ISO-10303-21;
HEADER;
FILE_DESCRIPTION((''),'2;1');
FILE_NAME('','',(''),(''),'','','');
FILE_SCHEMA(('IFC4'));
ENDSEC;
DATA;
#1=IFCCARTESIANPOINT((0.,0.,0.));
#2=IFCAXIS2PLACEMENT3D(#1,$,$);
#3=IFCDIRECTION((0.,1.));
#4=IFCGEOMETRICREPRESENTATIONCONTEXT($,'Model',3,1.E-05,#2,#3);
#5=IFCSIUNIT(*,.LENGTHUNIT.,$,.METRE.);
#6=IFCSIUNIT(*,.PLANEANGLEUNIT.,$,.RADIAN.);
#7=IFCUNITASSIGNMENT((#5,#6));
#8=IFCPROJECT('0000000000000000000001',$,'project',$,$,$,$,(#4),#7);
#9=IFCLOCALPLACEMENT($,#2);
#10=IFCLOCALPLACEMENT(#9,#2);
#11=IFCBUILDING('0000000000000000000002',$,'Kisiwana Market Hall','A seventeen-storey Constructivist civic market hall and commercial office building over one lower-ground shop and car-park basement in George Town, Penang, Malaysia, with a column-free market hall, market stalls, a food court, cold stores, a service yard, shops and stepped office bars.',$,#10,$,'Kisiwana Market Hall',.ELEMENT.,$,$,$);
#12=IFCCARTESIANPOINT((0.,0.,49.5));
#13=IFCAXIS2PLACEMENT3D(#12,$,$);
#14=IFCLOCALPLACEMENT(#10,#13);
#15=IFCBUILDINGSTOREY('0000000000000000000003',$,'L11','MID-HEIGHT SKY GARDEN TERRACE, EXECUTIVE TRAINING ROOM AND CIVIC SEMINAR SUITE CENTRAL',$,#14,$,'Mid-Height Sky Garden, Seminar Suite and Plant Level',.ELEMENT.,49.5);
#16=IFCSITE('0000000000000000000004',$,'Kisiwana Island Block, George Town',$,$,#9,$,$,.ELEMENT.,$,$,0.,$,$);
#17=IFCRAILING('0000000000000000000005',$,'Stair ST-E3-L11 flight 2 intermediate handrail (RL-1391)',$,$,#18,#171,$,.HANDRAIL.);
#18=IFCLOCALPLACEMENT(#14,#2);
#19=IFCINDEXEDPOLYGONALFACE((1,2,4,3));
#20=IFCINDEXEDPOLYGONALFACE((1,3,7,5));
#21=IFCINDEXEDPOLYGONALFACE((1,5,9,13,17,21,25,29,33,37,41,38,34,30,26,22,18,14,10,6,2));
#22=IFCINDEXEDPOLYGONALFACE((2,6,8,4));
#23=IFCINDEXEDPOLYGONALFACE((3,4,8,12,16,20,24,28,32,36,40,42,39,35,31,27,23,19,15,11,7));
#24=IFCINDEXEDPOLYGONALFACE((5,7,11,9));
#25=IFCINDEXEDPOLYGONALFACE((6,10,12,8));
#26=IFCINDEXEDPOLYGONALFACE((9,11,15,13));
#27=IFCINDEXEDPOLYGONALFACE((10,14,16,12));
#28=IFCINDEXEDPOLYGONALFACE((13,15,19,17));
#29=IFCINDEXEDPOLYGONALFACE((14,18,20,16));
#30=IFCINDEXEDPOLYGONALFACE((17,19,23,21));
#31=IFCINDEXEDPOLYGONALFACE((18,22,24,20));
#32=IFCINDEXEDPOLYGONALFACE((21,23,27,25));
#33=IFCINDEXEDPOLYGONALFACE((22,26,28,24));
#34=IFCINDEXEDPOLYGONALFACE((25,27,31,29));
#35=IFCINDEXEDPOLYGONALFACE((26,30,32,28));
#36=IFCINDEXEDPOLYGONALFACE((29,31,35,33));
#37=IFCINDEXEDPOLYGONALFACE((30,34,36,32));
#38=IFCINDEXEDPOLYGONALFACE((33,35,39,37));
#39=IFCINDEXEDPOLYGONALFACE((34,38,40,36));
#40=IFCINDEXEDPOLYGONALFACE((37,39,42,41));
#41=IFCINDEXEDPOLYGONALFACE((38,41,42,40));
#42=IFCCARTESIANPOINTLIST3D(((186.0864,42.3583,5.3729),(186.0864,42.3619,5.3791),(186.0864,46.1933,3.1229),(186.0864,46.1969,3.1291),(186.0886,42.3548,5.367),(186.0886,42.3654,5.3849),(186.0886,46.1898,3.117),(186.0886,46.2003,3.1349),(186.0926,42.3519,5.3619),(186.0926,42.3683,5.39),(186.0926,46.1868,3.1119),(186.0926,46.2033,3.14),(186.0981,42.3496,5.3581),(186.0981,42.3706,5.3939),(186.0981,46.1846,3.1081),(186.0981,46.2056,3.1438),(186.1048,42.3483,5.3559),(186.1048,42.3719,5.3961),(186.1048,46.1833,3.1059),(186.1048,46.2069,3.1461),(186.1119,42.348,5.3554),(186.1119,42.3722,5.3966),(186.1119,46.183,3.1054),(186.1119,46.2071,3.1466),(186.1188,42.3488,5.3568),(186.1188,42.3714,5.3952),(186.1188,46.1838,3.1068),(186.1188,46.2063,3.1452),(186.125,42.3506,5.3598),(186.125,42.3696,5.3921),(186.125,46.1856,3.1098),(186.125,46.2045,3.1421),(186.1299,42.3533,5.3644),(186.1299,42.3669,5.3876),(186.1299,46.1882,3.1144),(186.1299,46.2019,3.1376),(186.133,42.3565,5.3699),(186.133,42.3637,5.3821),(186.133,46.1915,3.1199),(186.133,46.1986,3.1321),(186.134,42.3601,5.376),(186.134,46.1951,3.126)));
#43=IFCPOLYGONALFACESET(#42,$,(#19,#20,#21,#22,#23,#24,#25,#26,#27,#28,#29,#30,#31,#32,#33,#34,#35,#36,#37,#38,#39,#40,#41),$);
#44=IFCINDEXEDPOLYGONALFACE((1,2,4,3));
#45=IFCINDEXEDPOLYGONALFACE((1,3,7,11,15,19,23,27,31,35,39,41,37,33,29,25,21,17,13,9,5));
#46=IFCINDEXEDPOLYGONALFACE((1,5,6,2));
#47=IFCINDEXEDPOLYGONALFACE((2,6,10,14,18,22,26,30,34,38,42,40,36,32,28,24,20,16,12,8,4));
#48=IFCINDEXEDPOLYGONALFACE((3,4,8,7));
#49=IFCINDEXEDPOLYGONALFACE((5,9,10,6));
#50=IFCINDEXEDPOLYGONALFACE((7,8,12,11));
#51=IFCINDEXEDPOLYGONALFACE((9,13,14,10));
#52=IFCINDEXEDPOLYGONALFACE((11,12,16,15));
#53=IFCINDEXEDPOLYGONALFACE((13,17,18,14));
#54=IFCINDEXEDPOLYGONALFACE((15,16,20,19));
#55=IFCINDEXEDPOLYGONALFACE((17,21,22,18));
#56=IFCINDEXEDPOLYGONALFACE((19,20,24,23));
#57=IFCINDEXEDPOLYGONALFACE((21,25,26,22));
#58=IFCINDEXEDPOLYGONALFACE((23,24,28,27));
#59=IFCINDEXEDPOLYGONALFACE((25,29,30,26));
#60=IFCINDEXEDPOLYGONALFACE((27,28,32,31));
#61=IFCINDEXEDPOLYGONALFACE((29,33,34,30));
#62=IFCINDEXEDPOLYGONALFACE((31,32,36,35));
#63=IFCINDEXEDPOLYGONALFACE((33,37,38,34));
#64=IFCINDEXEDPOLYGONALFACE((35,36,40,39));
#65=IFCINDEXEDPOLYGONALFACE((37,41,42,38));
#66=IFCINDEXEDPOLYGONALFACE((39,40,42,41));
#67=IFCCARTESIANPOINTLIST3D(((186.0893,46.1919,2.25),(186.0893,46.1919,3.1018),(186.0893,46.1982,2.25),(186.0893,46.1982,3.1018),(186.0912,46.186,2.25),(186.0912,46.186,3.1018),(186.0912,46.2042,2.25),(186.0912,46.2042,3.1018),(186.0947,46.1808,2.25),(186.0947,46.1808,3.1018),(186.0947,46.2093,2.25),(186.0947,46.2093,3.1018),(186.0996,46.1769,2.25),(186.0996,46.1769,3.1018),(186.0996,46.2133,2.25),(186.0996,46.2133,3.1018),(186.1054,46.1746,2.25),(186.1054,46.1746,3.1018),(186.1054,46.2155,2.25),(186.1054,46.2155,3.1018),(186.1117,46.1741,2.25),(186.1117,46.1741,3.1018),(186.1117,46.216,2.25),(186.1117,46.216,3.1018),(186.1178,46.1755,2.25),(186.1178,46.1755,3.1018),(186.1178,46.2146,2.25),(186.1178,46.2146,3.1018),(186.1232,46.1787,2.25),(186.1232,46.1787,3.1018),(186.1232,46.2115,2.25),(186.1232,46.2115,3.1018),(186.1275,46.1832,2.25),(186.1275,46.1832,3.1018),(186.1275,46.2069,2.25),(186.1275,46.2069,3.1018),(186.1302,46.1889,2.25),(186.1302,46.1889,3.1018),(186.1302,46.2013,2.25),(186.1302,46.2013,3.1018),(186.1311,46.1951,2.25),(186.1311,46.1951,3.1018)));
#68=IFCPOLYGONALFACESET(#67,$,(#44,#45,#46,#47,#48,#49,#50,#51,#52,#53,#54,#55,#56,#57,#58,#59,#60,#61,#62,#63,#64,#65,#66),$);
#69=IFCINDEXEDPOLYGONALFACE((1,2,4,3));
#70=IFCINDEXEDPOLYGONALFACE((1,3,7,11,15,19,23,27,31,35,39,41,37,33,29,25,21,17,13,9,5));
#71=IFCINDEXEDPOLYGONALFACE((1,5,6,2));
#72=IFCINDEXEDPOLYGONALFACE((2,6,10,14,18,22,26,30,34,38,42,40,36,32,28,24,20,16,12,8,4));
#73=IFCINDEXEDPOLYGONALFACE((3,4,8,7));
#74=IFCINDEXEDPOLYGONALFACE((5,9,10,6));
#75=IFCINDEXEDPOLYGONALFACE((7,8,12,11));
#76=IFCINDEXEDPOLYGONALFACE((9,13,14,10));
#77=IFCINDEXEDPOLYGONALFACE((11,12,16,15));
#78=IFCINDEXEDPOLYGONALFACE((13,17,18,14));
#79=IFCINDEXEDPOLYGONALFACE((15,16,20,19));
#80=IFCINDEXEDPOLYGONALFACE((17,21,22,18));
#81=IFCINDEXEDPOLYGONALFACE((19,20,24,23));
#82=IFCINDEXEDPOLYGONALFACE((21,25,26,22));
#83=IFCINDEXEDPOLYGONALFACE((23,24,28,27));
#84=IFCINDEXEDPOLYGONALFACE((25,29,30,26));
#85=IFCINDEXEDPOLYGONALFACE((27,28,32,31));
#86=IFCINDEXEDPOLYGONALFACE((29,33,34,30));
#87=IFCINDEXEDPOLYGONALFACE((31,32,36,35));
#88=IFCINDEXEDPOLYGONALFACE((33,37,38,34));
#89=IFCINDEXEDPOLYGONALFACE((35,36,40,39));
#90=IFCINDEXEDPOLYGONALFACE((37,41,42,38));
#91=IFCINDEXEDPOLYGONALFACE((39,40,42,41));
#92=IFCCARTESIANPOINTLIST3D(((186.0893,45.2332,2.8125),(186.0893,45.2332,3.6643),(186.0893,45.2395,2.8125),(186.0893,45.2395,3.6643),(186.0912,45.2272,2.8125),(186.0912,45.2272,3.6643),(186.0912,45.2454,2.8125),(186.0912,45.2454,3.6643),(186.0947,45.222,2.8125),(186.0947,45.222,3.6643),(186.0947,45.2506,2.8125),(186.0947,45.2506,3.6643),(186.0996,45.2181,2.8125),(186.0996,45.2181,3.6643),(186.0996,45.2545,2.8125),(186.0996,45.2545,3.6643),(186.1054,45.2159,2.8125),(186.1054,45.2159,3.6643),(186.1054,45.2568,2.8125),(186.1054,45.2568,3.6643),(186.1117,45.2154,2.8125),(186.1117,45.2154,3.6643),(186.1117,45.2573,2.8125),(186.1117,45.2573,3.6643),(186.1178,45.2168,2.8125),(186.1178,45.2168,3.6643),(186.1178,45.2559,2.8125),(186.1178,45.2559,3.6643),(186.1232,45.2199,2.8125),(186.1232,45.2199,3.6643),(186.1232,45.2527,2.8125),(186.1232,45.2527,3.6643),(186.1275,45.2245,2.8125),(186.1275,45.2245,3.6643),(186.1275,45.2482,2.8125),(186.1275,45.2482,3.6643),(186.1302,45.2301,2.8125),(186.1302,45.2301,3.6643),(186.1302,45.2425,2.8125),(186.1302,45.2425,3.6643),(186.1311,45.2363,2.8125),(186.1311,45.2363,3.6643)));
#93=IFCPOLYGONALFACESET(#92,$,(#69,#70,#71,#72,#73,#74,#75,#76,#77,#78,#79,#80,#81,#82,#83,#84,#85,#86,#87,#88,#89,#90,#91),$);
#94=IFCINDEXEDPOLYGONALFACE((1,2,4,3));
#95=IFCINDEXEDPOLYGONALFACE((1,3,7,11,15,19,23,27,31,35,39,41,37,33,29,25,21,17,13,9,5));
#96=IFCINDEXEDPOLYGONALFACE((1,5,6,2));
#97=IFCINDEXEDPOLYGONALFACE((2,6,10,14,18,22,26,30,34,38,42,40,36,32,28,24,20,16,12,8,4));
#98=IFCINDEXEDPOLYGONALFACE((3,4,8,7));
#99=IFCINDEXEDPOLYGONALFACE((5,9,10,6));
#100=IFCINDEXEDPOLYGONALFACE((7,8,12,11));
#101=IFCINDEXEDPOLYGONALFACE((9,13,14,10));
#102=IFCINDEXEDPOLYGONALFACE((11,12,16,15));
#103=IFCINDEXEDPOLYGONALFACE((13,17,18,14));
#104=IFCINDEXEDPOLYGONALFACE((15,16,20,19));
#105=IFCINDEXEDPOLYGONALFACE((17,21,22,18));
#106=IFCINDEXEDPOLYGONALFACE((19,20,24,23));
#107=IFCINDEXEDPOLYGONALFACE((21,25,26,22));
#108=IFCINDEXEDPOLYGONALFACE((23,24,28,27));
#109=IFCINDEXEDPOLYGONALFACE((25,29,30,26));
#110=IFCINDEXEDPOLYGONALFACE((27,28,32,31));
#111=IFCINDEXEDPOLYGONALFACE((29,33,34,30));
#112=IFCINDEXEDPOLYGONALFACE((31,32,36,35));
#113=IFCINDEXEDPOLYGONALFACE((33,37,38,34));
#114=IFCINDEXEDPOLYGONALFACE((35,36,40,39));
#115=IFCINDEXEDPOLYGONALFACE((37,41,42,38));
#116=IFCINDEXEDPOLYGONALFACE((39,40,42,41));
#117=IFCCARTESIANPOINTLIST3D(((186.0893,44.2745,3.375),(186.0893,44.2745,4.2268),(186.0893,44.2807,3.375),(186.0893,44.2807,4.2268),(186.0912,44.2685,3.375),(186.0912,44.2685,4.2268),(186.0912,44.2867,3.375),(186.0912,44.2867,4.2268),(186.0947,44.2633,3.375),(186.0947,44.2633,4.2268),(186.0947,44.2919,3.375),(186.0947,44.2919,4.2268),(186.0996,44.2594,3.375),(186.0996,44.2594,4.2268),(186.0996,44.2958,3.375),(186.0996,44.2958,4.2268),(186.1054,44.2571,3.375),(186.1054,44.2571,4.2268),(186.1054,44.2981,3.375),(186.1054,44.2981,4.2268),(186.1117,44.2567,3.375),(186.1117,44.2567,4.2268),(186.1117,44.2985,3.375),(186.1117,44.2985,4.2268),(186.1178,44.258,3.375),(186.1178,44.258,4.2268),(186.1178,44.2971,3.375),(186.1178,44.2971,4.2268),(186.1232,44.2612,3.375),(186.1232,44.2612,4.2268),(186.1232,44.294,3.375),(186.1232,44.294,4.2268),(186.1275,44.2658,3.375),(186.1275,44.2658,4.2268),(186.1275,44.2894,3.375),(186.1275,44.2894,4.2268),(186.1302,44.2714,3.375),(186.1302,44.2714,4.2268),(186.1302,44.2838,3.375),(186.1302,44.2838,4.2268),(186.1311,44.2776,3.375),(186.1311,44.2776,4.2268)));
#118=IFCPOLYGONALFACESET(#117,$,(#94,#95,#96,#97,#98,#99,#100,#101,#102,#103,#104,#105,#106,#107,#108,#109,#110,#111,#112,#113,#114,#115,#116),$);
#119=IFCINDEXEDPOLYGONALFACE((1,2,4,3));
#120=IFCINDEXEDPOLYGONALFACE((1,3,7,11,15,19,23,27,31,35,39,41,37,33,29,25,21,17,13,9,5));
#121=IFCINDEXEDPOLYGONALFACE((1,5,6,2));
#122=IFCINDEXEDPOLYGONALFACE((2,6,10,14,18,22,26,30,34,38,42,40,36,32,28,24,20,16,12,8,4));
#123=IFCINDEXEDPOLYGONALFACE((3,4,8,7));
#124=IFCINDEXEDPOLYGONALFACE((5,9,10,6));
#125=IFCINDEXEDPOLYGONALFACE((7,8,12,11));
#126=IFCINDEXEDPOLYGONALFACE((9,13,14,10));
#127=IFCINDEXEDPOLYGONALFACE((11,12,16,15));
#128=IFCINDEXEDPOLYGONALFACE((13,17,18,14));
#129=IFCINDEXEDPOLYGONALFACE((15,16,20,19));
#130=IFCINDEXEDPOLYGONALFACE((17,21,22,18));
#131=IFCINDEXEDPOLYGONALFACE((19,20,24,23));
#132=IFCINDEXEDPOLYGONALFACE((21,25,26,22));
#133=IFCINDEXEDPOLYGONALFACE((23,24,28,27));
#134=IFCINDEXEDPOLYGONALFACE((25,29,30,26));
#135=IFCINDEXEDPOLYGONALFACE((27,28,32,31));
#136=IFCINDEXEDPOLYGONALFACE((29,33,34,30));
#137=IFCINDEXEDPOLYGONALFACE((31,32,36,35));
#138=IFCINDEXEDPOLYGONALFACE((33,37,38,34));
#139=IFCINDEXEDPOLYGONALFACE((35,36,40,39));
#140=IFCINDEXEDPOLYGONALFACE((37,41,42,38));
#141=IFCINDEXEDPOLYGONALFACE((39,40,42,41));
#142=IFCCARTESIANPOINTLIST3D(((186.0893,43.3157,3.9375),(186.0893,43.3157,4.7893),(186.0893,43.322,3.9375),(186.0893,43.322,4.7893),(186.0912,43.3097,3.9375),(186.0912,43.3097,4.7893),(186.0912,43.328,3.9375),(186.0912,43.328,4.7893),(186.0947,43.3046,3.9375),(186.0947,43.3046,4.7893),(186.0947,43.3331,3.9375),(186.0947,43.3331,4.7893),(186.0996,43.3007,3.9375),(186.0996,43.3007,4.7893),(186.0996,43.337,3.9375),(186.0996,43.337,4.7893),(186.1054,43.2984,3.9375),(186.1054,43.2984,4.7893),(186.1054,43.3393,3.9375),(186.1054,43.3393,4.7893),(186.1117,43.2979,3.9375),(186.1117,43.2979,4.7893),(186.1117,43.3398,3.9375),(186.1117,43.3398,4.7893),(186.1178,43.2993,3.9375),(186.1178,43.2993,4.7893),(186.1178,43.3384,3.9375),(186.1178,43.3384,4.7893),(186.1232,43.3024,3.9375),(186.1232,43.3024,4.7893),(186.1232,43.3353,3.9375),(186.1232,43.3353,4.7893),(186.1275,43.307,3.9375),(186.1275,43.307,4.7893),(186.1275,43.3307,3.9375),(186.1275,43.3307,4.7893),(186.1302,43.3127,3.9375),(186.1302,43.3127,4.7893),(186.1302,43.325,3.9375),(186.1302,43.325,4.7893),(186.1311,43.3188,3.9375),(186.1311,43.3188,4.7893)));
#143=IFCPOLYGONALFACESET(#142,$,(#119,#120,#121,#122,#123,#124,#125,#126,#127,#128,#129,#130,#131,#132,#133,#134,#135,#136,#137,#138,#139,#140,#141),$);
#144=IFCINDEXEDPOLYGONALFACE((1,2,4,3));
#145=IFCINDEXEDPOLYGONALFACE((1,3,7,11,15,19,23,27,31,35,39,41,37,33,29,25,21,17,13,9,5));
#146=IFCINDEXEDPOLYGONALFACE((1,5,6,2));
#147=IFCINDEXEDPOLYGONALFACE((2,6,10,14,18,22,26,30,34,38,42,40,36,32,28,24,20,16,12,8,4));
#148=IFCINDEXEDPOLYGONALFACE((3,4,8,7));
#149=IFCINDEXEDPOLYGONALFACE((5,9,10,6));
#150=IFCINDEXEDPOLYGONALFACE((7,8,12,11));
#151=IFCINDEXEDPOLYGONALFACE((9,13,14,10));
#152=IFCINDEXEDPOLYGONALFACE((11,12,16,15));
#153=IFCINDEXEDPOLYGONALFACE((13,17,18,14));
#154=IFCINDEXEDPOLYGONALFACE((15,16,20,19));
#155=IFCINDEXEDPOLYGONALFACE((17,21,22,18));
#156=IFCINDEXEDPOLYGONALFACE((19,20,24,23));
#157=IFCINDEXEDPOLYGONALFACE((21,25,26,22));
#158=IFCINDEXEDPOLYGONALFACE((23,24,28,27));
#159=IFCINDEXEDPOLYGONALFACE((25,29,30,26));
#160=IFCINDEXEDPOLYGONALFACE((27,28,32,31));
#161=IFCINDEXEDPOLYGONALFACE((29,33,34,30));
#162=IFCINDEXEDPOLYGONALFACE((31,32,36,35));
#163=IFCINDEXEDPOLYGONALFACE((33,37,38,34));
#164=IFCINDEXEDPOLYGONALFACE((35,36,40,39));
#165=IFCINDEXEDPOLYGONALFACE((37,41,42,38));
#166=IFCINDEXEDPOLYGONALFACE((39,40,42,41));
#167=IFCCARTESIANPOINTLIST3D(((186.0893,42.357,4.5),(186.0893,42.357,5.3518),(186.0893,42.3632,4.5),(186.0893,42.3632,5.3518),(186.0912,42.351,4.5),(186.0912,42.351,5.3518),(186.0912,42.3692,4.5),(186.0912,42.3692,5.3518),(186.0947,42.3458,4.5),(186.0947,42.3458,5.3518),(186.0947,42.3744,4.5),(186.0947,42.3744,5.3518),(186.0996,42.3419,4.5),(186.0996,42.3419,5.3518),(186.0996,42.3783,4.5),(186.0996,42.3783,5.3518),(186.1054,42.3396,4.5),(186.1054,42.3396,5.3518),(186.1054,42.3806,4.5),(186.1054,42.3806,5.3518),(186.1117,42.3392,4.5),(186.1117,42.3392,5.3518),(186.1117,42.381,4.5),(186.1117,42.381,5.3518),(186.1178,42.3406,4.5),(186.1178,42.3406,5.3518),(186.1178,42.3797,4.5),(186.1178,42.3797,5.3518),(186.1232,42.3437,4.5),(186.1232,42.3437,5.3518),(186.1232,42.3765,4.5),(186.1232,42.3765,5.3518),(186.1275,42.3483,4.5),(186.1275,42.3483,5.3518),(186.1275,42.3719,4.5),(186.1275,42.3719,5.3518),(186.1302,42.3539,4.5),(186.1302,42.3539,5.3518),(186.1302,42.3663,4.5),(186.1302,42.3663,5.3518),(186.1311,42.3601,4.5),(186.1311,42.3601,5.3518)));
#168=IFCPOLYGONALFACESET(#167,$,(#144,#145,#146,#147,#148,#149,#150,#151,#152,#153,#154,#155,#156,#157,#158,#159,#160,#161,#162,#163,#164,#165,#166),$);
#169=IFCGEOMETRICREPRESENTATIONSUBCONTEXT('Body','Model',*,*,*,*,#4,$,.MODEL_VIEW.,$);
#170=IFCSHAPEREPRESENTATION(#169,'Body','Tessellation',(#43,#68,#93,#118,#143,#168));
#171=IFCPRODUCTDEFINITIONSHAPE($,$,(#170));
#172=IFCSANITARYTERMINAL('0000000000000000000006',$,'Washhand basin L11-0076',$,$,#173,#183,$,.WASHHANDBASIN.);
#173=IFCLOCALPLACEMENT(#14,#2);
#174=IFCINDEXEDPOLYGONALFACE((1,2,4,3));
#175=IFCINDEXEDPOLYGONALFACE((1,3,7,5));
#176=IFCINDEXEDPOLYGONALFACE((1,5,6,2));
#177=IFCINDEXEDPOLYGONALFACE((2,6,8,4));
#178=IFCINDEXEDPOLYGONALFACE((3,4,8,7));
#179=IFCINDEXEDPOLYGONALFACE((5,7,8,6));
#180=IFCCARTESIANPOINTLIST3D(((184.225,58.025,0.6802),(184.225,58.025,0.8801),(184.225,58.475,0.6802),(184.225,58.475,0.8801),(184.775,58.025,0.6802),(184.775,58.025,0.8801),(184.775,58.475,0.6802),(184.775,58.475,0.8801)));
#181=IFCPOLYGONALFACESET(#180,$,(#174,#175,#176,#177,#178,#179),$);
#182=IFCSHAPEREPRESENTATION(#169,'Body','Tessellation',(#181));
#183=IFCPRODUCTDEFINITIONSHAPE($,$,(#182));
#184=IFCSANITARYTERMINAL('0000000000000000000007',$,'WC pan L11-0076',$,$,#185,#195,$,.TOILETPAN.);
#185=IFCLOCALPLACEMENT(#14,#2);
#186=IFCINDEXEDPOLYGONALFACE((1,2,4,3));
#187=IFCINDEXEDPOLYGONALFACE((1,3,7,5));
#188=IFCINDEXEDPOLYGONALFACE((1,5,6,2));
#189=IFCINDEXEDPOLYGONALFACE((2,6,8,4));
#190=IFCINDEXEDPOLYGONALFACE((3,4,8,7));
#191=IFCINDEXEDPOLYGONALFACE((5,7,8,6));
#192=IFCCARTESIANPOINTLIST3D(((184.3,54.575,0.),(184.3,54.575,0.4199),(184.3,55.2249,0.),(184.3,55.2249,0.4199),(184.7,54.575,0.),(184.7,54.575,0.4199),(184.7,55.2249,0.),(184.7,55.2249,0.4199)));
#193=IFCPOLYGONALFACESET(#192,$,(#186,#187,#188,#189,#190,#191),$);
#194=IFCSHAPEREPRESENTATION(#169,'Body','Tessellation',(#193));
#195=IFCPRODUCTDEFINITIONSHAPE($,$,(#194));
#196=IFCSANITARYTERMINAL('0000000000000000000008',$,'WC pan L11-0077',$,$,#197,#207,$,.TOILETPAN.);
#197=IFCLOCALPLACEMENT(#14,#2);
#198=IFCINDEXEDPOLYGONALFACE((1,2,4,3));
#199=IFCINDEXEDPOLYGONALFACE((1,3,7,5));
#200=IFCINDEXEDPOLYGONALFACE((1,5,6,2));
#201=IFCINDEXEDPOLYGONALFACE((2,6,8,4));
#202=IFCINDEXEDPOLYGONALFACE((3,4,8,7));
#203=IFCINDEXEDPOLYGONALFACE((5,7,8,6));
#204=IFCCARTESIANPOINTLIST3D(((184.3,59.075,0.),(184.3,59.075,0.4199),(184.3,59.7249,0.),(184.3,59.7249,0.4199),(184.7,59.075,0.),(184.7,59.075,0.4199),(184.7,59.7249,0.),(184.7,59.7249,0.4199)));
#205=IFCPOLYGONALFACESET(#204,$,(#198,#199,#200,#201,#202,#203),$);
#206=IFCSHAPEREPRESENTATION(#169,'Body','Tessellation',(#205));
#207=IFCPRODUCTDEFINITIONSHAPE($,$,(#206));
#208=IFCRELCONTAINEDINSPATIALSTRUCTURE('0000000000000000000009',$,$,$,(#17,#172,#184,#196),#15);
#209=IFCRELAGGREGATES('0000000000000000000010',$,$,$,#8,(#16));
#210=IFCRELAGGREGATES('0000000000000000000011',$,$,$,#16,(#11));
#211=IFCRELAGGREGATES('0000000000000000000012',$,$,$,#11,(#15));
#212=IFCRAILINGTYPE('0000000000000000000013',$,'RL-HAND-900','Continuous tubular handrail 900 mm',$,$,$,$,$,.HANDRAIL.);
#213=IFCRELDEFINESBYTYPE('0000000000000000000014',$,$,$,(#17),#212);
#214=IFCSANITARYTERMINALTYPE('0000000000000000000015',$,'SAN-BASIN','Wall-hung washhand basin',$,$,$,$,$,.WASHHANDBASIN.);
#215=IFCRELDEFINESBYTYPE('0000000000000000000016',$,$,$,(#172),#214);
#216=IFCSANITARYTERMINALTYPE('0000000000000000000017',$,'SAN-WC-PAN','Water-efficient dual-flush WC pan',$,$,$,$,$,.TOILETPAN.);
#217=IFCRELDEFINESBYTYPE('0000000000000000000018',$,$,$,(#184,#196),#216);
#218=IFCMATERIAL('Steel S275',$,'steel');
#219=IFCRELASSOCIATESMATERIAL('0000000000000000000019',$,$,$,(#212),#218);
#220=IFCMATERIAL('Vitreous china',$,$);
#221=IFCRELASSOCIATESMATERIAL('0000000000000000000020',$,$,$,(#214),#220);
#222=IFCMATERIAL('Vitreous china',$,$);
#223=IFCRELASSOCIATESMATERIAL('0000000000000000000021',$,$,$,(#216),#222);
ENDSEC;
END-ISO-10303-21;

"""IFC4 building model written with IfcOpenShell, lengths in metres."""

from ifc_helpers import new_model, si_unit, direction, frame, origin, origin_2d, place, context, subcontext, project, spatial, rectangle, circle, extrude, material, type_object, element, save


model = new_model("IFC4")

# Units and contexts
model_context = context("Model", 3, precision=1e-05, world=origin(), true_north=direction((0.0, 1.0)))
body_context = subcontext(model_context, "Body", "Model", "MODEL_VIEW")
ifc_project = project(units=[si_unit("LENGTHUNIT", "METRE"), si_unit("PLANEANGLEUNIT", "RADIAN")], contexts=[model_context])

# Site, building, storey
site_placement = place(None, origin())
site = spatial("IfcSite", under=ifc_project, at=site_placement, Name="Kisiwana Island Block, George Town", CompositionType="ELEMENT", RefElevation=0.0)
building_placement = place(site_placement, origin())
building = spatial("IfcBuilding", under=site, at=building_placement, Name="Kisiwana Market Hall", Description="A seventeen-storey Constructivist civic market hall and commercial office building over one lower-ground shop and car-park basement in George Town, Penang, Malaysia, with a column-free market hall, market stalls, a food court, cold stores, a service yard, shops and stepped office bars.", LongName="Kisiwana Market Hall", CompositionType="ELEMENT")
storey_placement = place(building_placement, frame((0.0, 0.0, 49.5)))
storey = spatial("IfcBuildingStorey", under=building, at=storey_placement, Name="L11", Description="MID-HEIGHT SKY GARDEN TERRACE, EXECUTIVE TRAINING ROOM AND CIVIC SEMINAR SUITE CENTRAL", LongName="Mid-Height Sky Garden, Seminar Suite and Plant Level", CompositionType="ELEMENT", Elevation=49.5)

# Railing
ifc_material_1 = material(Name="Steel S275", Category="steel")
railing_type_1 = type_object("IfcRailingType", Name="RL-HAND-900", Description="Continuous tubular handrail 900 mm", PredefinedType="HANDRAIL", material=ifc_material_1)
for number, where, name in (
    (1, (186.1101, 46.1951, 2.25), "Stair ST-E3-L11 flight 2 intermediate handrail (RL-1391)"),
):
    element("IfcRailing", number, at=place(storey_placement, frame(where)), inside=storey, type_object=railing_type_1, Name=name, PredefinedType="HANDRAIL", context=body_context, shape_type="SweptSolid", body=[
        extrude(circle(Radius=0.0239, at=origin_2d()), frame((0.0, 0.0, 0.876), z_axis=(0.0, -0.86251, 0.506041), x_axis=(1.0, 0.0, 0.0)), (0.0, 0.0, 1.0), 4.4463),
        extrude(circle(Radius=0.021, at=origin_2d()), origin(), (0.0, 0.0, 1.0), 0.8518),
        extrude(circle(Radius=0.021, at=origin_2d()), frame((0.0, -0.9587, 0.5625)), (0.0, 0.0, 1.0), 0.8518),
        extrude(circle(Radius=0.021, at=origin_2d()), frame((0.0, -1.9175, 1.125)), (0.0, 0.0, 1.0), 0.8518),
        extrude(circle(Radius=0.021, at=origin_2d()), frame((0.0, -2.8762, 1.6875)), (0.0, 0.0, 1.0), 0.8518),
        extrude(circle(Radius=0.021, at=origin_2d()), frame((0.0, -3.835, 2.25)), (0.0, 0.0, 1.0), 0.8518),
    ])

# Sanitary terminals
ifc_material_2 = material(Name="Vitreous china")
sanitary_terminal_type_1 = type_object("IfcSanitaryTerminalType", Name="SAN-BASIN", Description="Wall-hung washhand basin", PredefinedType="WASHHANDBASIN", material=ifc_material_2)
sanitary_terminal_placement = place(storey_placement, frame((184.5, 58.25, 0.6802), z_axis=(0.0, 0.0, 1.0), x_axis=(1.0, 0.0, 0.0)))
element("IfcSanitaryTerminal", 2, at=sanitary_terminal_placement, inside=storey, type_object=sanitary_terminal_type_1, Name="Washhand basin L11-0076", PredefinedType="WASHHANDBASIN", context=body_context, shape_type="SweptSolid", body=[
    extrude(rectangle(XDim=0.55, YDim=0.45, at=origin_2d()), origin(), (0.0, 0.0, 1.0), 0.2),
])
ifc_material_3 = material(Name="Vitreous china")
sanitary_terminal_type_2 = type_object("IfcSanitaryTerminalType", Name="SAN-WC-PAN", Description="Water-efficient dual-flush WC pan", PredefinedType="TOILETPAN", material=ifc_material_3)
for number, where, z_axis, x_axis, name in (
    (3, (184.5, 54.8999, 0.0), (0.0, 0.0, 1.0), (1.0, 0.0, 0.0), "WC pan L11-0076"),
    (4, (184.5, 59.3999, 0.0), (0.0, 0.0, 1.0), (1.0, 0.0, 0.0), "WC pan L11-0077"),
):
    element("IfcSanitaryTerminal", number, at=place(storey_placement, frame(where, z_axis=z_axis, x_axis=x_axis)), inside=storey, type_object=sanitary_terminal_type_2, Name=name, PredefinedType="TOILETPAN", context=body_context, shape_type="SweptSolid", body=[
        extrude(rectangle(XDim=0.3999, YDim=0.6499, at=origin_2d()), origin(), (0.0, 0.0, 1.0), 0.4199),
    ])

save(model, "model.ifc")
